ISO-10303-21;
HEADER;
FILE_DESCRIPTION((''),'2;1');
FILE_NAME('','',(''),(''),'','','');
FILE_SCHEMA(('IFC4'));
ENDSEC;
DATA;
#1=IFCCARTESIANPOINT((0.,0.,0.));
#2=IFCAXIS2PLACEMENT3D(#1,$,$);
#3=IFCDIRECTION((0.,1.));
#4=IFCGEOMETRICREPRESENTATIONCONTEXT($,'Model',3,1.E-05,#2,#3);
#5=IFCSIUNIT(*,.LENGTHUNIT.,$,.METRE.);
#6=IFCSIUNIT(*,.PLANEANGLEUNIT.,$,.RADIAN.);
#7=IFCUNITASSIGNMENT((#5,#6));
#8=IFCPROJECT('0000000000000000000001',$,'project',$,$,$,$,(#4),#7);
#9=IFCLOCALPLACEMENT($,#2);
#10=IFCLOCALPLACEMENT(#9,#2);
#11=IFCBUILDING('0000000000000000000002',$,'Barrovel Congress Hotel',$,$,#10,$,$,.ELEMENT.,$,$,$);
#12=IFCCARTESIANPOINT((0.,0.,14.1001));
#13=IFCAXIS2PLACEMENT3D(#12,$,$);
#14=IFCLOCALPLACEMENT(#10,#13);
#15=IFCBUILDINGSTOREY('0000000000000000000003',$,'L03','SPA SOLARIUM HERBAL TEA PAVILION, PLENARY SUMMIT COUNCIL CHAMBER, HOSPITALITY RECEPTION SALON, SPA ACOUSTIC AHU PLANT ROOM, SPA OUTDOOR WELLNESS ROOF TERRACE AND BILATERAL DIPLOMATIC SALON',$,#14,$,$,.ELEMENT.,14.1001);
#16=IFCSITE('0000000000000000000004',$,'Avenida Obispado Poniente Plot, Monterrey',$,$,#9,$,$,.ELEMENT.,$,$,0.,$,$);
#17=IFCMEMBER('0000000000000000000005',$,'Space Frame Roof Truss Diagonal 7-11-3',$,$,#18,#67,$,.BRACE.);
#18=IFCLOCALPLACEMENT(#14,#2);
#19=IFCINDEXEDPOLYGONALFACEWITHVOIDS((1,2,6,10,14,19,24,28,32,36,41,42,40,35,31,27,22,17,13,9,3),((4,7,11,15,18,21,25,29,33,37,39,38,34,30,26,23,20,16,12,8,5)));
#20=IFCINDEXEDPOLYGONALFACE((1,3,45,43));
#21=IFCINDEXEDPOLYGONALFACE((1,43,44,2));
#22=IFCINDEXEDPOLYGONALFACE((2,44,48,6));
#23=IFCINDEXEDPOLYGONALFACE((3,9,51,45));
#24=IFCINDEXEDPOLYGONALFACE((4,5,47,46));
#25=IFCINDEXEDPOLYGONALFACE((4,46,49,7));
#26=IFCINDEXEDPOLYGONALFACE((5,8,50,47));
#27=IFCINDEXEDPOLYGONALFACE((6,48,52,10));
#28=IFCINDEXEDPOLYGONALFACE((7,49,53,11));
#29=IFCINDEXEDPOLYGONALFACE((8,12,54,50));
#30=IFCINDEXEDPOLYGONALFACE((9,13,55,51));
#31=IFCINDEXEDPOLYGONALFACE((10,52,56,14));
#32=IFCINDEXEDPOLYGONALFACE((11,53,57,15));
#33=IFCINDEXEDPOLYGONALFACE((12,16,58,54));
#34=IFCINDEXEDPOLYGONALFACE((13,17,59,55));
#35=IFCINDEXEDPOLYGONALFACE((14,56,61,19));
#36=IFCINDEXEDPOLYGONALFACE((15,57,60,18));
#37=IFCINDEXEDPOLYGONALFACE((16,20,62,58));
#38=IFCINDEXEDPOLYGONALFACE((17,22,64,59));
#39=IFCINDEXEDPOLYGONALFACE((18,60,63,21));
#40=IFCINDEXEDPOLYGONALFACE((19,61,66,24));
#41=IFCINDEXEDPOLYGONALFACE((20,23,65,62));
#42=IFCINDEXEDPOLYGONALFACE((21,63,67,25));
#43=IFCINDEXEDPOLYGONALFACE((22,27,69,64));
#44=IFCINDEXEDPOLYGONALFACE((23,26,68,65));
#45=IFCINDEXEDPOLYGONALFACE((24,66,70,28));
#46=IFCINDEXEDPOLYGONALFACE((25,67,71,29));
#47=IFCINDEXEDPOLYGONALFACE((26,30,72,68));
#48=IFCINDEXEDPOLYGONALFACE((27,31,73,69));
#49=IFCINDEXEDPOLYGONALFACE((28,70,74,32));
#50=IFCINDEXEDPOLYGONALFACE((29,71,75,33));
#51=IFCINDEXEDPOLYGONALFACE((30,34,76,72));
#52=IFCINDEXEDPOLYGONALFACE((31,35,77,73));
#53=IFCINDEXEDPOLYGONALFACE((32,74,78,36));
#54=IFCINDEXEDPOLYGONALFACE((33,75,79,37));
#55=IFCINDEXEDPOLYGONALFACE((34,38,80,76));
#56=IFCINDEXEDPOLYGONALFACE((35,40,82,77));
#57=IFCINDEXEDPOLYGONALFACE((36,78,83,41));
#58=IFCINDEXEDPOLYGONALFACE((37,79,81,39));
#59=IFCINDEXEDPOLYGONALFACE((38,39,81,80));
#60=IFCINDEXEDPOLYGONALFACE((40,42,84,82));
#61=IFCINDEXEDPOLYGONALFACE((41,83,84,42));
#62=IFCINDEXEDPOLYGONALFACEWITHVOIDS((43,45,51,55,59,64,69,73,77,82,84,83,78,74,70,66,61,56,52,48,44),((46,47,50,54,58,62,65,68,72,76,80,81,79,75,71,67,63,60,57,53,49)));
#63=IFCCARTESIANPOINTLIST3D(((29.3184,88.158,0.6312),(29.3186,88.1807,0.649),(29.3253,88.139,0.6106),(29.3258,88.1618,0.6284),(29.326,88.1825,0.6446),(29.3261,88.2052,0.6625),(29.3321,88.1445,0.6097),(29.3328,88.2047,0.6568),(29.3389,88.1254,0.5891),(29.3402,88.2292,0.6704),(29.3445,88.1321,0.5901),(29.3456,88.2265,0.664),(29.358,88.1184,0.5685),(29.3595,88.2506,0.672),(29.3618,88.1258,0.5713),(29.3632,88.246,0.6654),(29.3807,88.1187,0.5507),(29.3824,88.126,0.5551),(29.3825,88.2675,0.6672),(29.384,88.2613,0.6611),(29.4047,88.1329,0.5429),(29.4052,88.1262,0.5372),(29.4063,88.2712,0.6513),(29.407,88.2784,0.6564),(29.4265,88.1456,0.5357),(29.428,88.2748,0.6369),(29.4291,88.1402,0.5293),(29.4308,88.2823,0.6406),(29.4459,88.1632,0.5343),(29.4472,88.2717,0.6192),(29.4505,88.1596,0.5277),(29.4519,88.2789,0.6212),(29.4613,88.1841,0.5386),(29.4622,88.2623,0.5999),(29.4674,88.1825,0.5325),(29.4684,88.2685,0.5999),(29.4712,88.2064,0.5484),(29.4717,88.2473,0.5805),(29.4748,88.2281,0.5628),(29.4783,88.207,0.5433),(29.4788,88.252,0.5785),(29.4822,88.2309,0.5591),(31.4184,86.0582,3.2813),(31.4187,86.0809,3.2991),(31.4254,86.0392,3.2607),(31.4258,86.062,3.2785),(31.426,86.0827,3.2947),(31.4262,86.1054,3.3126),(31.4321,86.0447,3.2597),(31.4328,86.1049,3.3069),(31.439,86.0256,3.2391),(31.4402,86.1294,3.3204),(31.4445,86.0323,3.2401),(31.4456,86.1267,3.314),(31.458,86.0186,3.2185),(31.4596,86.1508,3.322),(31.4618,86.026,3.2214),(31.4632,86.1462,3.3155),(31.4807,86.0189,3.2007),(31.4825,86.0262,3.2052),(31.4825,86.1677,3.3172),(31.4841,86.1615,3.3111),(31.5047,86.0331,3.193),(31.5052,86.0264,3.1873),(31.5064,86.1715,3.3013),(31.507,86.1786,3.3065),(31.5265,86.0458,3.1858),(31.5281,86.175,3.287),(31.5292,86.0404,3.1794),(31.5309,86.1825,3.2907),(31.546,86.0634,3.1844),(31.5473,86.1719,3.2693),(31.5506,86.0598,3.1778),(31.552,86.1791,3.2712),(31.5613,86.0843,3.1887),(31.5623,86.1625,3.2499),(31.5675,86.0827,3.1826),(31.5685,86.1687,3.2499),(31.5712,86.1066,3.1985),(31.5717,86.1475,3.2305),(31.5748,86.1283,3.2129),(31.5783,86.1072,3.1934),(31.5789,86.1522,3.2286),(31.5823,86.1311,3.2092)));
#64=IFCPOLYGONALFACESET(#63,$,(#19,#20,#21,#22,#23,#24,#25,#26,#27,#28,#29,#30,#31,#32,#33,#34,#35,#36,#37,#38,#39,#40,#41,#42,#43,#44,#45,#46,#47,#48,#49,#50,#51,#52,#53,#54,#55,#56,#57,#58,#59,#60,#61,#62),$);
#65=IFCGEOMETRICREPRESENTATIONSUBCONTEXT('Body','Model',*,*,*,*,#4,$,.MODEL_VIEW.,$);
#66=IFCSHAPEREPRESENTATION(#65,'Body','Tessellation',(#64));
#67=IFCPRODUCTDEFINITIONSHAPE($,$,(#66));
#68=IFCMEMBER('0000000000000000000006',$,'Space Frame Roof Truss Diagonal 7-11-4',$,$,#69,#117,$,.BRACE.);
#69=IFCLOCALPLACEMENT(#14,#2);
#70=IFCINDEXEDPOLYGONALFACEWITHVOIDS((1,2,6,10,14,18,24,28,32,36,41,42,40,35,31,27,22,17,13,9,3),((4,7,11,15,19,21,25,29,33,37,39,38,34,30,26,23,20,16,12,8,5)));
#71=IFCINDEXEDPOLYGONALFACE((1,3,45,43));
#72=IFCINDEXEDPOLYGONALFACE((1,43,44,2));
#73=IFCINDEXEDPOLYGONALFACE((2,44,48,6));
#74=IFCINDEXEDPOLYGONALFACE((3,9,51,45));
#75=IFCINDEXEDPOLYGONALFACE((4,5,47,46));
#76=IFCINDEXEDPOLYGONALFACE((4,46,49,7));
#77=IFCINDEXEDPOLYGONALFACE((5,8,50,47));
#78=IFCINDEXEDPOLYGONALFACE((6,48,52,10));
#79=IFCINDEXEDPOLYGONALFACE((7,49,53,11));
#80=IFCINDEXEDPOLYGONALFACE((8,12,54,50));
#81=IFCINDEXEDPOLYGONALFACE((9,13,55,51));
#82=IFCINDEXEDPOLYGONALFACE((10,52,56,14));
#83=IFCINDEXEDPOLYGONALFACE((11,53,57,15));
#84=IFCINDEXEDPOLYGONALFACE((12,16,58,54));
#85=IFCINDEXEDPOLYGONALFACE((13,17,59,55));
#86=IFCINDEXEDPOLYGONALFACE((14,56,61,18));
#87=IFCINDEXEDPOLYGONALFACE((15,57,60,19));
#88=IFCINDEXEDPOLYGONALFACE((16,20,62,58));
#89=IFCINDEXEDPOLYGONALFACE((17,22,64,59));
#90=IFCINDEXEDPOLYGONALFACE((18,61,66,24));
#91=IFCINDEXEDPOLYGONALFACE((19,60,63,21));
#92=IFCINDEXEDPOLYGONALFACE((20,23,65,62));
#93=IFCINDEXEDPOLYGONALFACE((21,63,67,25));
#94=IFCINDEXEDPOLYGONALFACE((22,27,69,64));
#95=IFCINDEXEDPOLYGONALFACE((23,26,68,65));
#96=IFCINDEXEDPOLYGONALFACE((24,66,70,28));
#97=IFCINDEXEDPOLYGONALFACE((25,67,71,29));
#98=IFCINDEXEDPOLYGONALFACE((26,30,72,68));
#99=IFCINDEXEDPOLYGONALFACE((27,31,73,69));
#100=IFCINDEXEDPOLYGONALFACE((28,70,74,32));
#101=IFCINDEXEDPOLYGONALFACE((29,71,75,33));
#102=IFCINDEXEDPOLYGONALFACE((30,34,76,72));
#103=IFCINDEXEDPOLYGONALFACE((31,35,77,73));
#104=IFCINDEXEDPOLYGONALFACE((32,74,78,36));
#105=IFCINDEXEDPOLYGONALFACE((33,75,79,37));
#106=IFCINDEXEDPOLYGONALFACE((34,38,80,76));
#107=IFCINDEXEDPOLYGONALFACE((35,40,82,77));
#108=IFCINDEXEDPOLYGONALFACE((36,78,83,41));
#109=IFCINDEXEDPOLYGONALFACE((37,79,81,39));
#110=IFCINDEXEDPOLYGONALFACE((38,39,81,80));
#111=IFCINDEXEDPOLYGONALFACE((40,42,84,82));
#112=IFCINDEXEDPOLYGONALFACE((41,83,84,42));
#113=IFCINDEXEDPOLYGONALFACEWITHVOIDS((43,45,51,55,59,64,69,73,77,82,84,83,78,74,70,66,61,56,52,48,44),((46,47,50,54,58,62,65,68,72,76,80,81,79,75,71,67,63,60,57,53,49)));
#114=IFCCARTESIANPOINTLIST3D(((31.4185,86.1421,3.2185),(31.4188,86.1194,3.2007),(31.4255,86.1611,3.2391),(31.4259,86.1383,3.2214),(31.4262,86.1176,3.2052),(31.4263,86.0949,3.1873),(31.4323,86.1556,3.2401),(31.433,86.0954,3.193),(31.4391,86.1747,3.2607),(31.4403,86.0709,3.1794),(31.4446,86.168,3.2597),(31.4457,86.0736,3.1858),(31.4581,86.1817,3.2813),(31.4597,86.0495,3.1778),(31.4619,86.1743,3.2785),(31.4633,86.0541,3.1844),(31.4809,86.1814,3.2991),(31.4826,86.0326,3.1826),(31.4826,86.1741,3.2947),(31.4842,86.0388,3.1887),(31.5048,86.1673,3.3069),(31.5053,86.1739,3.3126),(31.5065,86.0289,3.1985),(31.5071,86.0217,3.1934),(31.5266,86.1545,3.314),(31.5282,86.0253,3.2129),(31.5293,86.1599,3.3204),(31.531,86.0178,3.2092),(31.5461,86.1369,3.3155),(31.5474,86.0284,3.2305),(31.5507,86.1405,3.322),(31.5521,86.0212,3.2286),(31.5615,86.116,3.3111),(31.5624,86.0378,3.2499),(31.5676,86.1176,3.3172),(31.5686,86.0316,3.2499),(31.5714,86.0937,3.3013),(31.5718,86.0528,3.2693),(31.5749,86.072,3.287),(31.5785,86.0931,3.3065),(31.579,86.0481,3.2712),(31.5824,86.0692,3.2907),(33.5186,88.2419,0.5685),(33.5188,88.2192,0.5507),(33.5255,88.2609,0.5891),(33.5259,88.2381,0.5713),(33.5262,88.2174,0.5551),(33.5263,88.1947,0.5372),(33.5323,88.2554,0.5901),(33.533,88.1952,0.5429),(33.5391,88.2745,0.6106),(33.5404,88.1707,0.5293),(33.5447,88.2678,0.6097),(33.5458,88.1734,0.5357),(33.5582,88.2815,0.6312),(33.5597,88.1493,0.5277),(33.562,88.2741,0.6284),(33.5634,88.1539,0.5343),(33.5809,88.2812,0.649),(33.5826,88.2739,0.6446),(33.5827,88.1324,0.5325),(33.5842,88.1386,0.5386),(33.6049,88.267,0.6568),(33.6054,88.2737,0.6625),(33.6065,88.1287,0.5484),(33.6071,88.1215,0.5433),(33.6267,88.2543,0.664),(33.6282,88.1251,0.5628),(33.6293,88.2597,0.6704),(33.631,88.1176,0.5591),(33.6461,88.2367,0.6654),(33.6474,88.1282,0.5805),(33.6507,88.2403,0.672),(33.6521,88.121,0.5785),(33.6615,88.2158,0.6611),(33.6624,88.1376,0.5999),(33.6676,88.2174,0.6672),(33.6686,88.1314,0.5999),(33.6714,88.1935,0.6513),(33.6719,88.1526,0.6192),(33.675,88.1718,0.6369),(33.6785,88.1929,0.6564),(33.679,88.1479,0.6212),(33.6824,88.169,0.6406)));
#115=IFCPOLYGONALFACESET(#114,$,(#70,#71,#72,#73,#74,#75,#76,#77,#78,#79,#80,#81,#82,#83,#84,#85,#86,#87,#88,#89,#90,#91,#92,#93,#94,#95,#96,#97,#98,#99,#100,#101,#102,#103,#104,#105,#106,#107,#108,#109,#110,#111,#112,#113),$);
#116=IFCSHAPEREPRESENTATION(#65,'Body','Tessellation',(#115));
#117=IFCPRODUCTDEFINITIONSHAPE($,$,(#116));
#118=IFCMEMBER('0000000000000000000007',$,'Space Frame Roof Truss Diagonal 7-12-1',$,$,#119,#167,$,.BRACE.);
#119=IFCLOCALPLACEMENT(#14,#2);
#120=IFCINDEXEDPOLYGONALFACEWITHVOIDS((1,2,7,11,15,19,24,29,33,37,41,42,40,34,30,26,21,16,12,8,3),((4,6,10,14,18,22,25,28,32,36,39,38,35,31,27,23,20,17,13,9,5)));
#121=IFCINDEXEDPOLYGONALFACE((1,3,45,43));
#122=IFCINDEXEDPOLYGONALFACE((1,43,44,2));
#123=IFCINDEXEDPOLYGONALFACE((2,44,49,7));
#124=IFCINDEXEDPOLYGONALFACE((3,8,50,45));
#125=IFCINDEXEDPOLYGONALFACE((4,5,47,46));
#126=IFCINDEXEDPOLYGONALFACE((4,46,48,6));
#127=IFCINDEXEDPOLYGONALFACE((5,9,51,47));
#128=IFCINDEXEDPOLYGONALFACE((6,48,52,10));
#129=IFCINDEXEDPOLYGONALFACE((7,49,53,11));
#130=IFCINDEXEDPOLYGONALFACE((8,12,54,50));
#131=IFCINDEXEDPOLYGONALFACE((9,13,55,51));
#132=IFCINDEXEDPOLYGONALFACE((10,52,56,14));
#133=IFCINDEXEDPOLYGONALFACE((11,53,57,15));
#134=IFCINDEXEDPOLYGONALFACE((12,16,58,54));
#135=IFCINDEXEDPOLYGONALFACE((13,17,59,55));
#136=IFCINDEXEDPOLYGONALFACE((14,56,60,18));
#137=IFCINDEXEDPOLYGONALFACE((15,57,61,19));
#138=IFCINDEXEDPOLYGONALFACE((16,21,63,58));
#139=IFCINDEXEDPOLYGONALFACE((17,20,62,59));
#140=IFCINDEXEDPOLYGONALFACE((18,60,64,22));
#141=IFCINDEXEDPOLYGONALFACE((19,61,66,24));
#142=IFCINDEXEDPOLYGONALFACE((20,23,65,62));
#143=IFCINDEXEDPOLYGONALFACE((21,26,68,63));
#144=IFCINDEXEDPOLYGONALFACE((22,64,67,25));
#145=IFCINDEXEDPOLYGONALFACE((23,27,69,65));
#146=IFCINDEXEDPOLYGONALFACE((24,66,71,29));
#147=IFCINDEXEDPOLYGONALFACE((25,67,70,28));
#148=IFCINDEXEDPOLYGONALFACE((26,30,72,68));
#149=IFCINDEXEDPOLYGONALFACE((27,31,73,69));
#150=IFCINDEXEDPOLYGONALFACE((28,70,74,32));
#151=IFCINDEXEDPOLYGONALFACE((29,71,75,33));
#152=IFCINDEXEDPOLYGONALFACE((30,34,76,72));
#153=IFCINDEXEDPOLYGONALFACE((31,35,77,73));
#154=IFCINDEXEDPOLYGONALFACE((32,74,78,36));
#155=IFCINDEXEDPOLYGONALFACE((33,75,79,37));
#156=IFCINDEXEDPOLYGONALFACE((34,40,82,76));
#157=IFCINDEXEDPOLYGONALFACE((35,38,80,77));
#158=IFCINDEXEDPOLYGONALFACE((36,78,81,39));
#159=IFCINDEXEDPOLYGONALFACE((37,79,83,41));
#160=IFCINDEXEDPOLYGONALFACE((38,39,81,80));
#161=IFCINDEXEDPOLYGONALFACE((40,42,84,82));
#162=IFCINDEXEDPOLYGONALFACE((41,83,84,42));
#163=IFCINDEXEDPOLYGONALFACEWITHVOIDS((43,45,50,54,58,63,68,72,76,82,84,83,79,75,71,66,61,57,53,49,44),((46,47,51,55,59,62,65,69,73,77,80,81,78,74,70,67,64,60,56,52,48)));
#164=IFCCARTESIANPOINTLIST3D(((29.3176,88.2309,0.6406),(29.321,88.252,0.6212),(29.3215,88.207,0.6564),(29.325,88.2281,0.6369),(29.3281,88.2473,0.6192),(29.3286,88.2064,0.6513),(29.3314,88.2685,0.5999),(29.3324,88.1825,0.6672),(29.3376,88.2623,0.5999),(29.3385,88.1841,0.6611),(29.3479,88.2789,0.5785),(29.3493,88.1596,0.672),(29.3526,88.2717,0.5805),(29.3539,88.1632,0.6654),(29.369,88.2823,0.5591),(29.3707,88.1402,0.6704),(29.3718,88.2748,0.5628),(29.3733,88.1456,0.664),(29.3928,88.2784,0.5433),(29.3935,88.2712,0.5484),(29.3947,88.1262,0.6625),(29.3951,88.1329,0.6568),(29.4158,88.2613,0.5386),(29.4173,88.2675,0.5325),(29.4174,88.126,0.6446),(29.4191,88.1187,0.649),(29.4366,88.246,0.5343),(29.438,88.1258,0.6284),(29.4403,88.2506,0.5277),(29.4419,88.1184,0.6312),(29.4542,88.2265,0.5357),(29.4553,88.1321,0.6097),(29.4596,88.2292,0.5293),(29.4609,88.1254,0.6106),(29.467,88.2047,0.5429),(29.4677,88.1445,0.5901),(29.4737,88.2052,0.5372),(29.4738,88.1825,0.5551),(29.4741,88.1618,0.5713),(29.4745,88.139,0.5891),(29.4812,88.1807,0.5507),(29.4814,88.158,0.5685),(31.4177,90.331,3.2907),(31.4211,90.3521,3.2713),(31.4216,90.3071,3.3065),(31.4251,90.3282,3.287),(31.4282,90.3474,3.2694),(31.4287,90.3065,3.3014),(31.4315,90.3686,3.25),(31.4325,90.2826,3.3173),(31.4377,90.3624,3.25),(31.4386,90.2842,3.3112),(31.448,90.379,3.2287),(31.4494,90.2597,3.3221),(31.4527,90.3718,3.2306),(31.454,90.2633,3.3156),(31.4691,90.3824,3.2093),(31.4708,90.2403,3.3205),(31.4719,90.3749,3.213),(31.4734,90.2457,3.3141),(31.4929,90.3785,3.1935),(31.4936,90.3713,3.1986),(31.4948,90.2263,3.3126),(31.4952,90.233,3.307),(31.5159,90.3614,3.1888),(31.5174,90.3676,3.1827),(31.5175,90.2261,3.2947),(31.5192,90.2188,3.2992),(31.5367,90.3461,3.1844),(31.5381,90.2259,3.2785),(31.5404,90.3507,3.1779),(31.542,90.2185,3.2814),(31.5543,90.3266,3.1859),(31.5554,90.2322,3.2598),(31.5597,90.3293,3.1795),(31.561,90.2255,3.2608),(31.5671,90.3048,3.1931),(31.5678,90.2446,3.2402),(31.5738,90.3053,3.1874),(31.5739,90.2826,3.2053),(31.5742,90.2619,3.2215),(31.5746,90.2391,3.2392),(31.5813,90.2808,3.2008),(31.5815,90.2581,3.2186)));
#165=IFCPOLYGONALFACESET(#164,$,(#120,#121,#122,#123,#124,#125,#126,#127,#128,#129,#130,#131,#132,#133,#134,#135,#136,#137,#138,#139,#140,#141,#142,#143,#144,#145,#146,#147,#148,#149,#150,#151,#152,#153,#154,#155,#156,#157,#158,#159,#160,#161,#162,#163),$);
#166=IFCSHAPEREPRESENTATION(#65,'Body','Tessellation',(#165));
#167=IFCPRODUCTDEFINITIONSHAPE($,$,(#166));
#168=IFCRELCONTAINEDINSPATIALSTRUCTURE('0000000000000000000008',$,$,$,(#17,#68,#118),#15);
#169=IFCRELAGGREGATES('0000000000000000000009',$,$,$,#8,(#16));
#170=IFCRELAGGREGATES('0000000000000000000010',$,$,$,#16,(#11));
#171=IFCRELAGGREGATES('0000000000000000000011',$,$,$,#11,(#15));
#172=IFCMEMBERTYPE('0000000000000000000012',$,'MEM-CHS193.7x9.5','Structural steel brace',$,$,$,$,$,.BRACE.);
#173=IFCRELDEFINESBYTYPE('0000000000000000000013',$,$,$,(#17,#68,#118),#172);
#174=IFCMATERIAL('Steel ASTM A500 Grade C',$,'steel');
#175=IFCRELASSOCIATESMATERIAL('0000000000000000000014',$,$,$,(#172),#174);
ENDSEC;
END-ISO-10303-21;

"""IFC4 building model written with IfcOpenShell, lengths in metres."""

from ifc_helpers import new_model, si_unit, direction, frame, origin, origin_2d, place, context, subcontext, project, spatial, hollow_circle, extrude, material, material_profile, profile_set, type_object, element, save


model = new_model("IFC4")

# Units and contexts
model_context = context("Model", 3, precision=1e-05, world=origin(), true_north=direction((0.0, 1.0)))
body_context = subcontext(model_context, "Body", "Model", "MODEL_VIEW")
ifc_project = project(units=[si_unit("LENGTHUNIT", "METRE"), si_unit("PLANEANGLEUNIT", "RADIAN")], contexts=[model_context])

# Site, building, storey
site_placement = place(None, origin())
site = spatial("IfcSite", under=ifc_project, at=site_placement, Name="Avenida Obispado Poniente Plot, Monterrey", CompositionType="ELEMENT", RefElevation=0.0)
building_placement = place(site_placement, origin())
building = spatial("IfcBuilding", under=site, at=building_placement, Name="Barrovel Congress Hotel", CompositionType="ELEMENT")
storey_placement = place(building_placement, frame((0.0, 0.0, 14.1001)))
storey = spatial("IfcBuildingStorey", under=building, at=storey_placement, Name="L03", Description="SPA SOLARIUM HERBAL TEA PAVILION, PLENARY SUMMIT COUNCIL CHAMBER, HOSPITALITY RECEPTION SALON, SPA ACOUSTIC AHU PLANT ROOM, SPA OUTDOOR WELLNESS ROOF TERRACE AND BILATERAL DIPLOMATIC SALON", CompositionType="ELEMENT", Elevation=14.1001)

# Members
ifc_material_1 = material(Name="Steel ASTM A500 Grade C", Category="steel")
ifc_material_profile_1 = material_profile(ifc_material_1, hollow_circle(Radius=0.0969, WallThickness=0.0088, at=origin_2d()), Name="CHS193.7x9.5")
ifc_profile_set_1 = profile_set([ifc_material_profile_1], Name="Steel ASTM A500 Grade C")
member_type_1 = type_object("IfcMemberType", Name="MEM-CHS193.7x9.5", Description="Structural steel brace", PredefinedType="BRACE", material=ifc_profile_set_1)
for number, where, z_axis, x_axis, name in (
    (1, (29.3999, 88.2, 0.5999), (0.527618, -0.527557, 0.66581), (0.707066, 0.707148, 0.0), "Space Frame Roof Truss Diagonal 7-11-3"),
    (2, (33.6001, 88.2, 0.5999), (-0.527618, -0.527557, 0.66581), (0.707066, -0.707148, 0.0), "Space Frame Roof Truss Diagonal 7-11-4"),
):
    element("IfcMember", number, at=place(storey_placement, frame(where, z_axis=z_axis, x_axis=x_axis)), inside=storey, type_object=member_type_1, Name=name, PredefinedType="BRACE", context=body_context, shape_type="SweptSolid", body=[
        extrude(hollow_circle(Radius=0.0969, WallThickness=0.0088, at=origin_2d()), origin(), (0.0, 0.0, 1.0), 3.9802),
    ])
for number, where, z_axis, x_axis, name in (
    (3, (29.3999, 88.2, 0.5999), (0.527601, 0.527601, 0.665788), (-0.707107, 0.707107, 0.0), "Space Frame Roof Truss Diagonal 7-12-1"),
):
    element("IfcMember", number, at=place(storey_placement, frame(where, z_axis=z_axis, x_axis=x_axis)), inside=storey, type_object=member_type_1, Name=name, PredefinedType="BRACE", context=body_context, shape_type="SweptSolid", body=[
        extrude(hollow_circle(Radius=0.0969, WallThickness=0.0088, at=origin_2d()), origin(), (0.0, 0.0, 1.0), 3.9805),
    ])

save(model, "model.ifc")
